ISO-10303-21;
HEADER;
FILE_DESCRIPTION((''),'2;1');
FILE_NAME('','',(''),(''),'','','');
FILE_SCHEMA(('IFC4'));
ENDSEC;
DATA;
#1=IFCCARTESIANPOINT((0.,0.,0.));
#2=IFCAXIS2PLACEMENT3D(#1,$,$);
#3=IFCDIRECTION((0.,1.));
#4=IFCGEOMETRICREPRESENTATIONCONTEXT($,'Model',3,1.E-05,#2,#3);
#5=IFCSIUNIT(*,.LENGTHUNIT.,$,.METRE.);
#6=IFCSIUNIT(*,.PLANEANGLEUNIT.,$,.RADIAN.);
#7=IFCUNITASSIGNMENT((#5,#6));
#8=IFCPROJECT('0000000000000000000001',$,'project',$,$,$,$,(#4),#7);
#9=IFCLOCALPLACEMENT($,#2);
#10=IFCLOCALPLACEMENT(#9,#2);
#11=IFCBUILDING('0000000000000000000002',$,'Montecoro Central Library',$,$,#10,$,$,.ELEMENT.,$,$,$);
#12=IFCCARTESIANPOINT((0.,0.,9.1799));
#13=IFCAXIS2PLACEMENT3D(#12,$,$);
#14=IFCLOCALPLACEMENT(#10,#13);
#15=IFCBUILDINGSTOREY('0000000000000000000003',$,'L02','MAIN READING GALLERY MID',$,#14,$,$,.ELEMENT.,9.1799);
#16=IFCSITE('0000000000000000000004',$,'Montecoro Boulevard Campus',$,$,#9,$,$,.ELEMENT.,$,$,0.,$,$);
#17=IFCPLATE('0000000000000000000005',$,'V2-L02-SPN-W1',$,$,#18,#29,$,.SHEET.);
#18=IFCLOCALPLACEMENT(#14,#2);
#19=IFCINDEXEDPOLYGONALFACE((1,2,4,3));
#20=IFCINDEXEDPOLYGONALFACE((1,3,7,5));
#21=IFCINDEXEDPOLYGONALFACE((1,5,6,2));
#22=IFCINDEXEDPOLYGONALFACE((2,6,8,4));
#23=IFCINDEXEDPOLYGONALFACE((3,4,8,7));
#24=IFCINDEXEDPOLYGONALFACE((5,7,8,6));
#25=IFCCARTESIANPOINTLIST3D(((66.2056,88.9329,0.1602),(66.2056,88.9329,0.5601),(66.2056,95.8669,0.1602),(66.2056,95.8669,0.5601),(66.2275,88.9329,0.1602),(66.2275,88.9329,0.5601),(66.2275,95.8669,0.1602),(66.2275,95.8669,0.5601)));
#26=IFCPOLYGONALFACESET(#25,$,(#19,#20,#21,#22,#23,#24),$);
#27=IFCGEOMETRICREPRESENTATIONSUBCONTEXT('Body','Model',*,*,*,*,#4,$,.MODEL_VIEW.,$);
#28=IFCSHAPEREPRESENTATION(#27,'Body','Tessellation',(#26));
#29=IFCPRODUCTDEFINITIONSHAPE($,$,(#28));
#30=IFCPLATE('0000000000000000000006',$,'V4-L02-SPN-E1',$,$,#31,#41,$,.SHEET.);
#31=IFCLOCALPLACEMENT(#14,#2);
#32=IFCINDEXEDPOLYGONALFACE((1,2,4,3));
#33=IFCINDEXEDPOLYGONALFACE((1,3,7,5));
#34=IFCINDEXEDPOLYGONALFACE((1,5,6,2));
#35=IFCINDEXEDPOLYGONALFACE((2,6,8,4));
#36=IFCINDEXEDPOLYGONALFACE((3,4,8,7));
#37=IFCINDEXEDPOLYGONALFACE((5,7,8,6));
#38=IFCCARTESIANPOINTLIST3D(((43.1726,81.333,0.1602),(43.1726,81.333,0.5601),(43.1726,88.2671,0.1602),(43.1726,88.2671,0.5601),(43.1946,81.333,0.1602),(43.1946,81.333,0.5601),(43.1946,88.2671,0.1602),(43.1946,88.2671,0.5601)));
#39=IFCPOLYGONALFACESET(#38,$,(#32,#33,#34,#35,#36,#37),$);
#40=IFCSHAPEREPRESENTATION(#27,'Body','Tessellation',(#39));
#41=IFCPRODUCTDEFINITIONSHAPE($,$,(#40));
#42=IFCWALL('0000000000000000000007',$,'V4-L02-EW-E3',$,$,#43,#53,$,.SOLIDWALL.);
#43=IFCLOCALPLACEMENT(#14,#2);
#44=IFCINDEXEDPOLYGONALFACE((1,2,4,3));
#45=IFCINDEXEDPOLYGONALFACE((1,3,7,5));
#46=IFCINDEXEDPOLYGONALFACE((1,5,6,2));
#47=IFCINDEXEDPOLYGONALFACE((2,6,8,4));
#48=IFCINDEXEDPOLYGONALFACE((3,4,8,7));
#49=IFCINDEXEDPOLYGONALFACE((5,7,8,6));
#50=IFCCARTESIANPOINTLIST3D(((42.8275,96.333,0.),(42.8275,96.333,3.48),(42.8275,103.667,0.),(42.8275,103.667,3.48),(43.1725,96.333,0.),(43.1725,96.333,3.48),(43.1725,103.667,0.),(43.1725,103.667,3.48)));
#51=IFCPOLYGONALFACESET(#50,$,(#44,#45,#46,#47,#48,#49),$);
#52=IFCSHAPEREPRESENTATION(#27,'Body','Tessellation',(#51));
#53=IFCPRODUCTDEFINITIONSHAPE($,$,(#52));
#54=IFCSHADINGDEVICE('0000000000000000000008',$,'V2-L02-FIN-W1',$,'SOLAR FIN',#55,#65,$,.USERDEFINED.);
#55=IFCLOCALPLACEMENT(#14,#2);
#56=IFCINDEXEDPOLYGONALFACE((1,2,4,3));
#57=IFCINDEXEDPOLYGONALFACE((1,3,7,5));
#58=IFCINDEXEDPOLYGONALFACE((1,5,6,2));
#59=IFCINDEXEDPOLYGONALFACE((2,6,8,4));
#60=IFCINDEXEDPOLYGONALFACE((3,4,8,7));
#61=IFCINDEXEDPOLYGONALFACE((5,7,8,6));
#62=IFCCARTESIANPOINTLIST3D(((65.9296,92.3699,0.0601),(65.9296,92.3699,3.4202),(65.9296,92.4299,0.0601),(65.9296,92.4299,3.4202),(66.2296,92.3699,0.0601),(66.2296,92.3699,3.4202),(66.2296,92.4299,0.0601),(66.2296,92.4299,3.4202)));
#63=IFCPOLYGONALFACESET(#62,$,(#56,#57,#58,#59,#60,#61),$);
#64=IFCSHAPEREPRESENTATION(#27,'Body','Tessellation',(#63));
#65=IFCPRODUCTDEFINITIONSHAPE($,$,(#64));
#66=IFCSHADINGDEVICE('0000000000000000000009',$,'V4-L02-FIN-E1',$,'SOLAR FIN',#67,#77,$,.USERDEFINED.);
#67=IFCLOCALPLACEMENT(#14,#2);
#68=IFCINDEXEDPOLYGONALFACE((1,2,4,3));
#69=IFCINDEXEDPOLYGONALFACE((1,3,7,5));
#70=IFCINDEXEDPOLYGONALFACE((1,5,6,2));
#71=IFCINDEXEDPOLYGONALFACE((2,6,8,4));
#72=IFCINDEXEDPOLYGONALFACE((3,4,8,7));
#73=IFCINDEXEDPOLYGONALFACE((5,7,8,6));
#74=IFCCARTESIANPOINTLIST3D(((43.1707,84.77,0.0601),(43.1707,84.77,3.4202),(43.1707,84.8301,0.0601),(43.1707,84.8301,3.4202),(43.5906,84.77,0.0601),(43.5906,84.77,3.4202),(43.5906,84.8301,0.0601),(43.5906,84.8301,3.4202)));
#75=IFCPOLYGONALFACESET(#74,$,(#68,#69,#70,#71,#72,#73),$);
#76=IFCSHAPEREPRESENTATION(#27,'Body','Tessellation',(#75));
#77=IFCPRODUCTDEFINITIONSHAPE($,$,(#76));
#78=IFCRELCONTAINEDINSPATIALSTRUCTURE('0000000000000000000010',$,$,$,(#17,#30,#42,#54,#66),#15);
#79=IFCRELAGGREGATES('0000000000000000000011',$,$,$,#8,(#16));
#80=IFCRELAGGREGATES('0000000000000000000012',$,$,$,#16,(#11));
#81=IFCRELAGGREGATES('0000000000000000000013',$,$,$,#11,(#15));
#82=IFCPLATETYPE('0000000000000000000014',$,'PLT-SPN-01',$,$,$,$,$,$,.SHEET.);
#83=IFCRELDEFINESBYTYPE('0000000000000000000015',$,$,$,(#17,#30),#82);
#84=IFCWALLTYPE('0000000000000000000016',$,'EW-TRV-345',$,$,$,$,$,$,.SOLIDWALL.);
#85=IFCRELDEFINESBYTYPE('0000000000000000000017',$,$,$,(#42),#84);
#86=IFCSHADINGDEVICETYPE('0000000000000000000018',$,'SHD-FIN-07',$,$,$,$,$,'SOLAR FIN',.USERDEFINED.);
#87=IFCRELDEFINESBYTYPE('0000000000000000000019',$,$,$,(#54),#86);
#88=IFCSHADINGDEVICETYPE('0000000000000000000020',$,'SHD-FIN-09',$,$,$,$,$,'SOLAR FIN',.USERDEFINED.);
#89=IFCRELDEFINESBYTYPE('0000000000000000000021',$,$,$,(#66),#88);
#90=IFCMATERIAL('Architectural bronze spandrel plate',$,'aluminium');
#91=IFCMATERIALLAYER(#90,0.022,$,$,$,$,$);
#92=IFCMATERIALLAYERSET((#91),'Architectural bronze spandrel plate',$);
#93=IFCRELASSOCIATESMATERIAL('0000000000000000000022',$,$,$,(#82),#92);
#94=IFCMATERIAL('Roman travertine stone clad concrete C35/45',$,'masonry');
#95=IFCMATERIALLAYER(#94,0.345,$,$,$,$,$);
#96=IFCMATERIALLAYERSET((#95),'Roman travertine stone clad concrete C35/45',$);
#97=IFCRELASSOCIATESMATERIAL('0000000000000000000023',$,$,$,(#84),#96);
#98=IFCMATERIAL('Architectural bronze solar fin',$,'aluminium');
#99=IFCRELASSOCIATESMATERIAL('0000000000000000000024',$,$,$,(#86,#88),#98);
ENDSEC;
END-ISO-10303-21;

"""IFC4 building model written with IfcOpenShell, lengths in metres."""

from ifc_helpers import new_model, si_unit, direction, frame, frame_2d, origin, origin_2d, place, context, subcontext, project, spatial, rectangle, extrude, material, layer, layer_set, type_object, element, save


model = new_model("IFC4")

# Units and contexts
model_context = context("Model", 3, precision=1e-05, world=origin(), true_north=direction((0.0, 1.0)))
body_context = subcontext(model_context, "Body", "Model", "MODEL_VIEW")
ifc_project = project(units=[si_unit("LENGTHUNIT", "METRE"), si_unit("PLANEANGLEUNIT", "RADIAN")], contexts=[model_context])

# Site, building, storey
site_placement = place(None, origin())
site = spatial("IfcSite", under=ifc_project, at=site_placement, Name="Montecoro Boulevard Campus", CompositionType="ELEMENT", RefElevation=0.0)
building_placement = place(site_placement, origin())
building = spatial("IfcBuilding", under=site, at=building_placement, Name="Montecoro Central Library", CompositionType="ELEMENT")
storey_placement = place(building_placement, frame((0.0, 0.0, 9.1799)))
storey = spatial("IfcBuildingStorey", under=building, at=storey_placement, Name="L02", Description="MAIN READING GALLERY MID", CompositionType="ELEMENT", Elevation=9.1799)

# Plates
ifc_material_1 = material(Name="Architectural bronze spandrel plate", Category="aluminium")
ifc_layer_1 = layer(ifc_material_1, 0.022)
ifc_layer_set_1 = layer_set([ifc_layer_1], Name="Architectural bronze spandrel plate")
plate_type_1 = type_object("IfcPlateType", Name="PLT-SPN-01", PredefinedType="SHEET", material=ifc_layer_set_1)
for number, where, z_axis, x_axis, name in (
    (1, (66.2166, 92.3999, 0.1602), (0.0, 0.0, 1.0), (0.0, -1.0, 0.0), "V2-L02-SPN-W1"),
    (2, (43.1836, 84.8, 0.1602), (0.0, 0.0, 1.0), (0.0, 1.0, 0.0), "V4-L02-SPN-E1"),
):
    element("IfcPlate", number, at=place(storey_placement, frame(where, z_axis=z_axis, x_axis=x_axis)), inside=storey, type_object=plate_type_1, Name=name, PredefinedType="SHEET", context=body_context, shape_type="SweptSolid", body=[
        extrude(rectangle(XDim=6.9341, YDim=0.022, at=origin_2d()), origin(), (0.0, 0.0, 1.0), 0.3999),
    ])

# Wall
ifc_material_2 = material(Name="Roman travertine stone clad concrete C35/45", Category="masonry")
ifc_layer_2 = layer(ifc_material_2, 0.345)
ifc_layer_set_2 = layer_set([ifc_layer_2], Name="Roman travertine stone clad concrete C35/45")
wall_type = type_object("IfcWallType", Name="EW-TRV-345", PredefinedType="SOLIDWALL", material=ifc_layer_set_2)
wall_placement = place(storey_placement, frame((43.0, 96.333, 0.0), z_axis=(0.0, 0.0, 1.0), x_axis=(0.0, 1.0, 0.0)))
element("IfcWall", 3, at=wall_placement, inside=storey, type_object=wall_type, Name="V4-L02-EW-E3", PredefinedType="SOLIDWALL", context=body_context, shape_type="SweptSolid", body=[
    extrude(rectangle(XDim=7.334, YDim=0.345, at=frame_2d((3.667, 0.0))), origin(), (0.0, 0.0, 1.0), 3.48),
])

# Shading devices
ifc_material_3 = material(Name="Architectural bronze solar fin", Category="aluminium")
shading_device_type_1 = type_object("IfcShadingDeviceType", Name="SHD-FIN-07", ElementType="SOLAR FIN", PredefinedType="USERDEFINED", material=ifc_material_3)
shading_device_1_placement = place(storey_placement, frame((66.0796, 92.3999, 0.0601), z_axis=(0.0, 0.0, 1.0), x_axis=(0.0, -1.0, 0.0)))
element("IfcShadingDevice", 4, at=shading_device_1_placement, inside=storey, type_object=shading_device_type_1, Name="V2-L02-FIN-W1", ObjectType="SOLAR FIN", PredefinedType="USERDEFINED", context=body_context, shape_type="SweptSolid", body=[
    extrude(rectangle(XDim=0.0601, YDim=0.3, at=origin_2d()), origin(), (0.0, 0.0, 1.0), 3.3601),
])
shading_device_type_2 = type_object("IfcShadingDeviceType", Name="SHD-FIN-09", ElementType="SOLAR FIN", PredefinedType="USERDEFINED", material=ifc_material_3)
shading_device_2_placement = place(storey_placement, frame((43.3806, 84.8, 0.0601), z_axis=(0.0, 0.0, 1.0), x_axis=(0.0, 1.0, 0.0)))
element("IfcShadingDevice", 5, at=shading_device_2_placement, inside=storey, type_object=shading_device_type_2, Name="V4-L02-FIN-E1", ObjectType="SOLAR FIN", PredefinedType="USERDEFINED", context=body_context, shape_type="SweptSolid", body=[
    extrude(rectangle(XDim=0.0601, YDim=0.4199, at=origin_2d()), origin(), (0.0, 0.0, 1.0), 3.3601),
])

save(model, "model.ifc")
